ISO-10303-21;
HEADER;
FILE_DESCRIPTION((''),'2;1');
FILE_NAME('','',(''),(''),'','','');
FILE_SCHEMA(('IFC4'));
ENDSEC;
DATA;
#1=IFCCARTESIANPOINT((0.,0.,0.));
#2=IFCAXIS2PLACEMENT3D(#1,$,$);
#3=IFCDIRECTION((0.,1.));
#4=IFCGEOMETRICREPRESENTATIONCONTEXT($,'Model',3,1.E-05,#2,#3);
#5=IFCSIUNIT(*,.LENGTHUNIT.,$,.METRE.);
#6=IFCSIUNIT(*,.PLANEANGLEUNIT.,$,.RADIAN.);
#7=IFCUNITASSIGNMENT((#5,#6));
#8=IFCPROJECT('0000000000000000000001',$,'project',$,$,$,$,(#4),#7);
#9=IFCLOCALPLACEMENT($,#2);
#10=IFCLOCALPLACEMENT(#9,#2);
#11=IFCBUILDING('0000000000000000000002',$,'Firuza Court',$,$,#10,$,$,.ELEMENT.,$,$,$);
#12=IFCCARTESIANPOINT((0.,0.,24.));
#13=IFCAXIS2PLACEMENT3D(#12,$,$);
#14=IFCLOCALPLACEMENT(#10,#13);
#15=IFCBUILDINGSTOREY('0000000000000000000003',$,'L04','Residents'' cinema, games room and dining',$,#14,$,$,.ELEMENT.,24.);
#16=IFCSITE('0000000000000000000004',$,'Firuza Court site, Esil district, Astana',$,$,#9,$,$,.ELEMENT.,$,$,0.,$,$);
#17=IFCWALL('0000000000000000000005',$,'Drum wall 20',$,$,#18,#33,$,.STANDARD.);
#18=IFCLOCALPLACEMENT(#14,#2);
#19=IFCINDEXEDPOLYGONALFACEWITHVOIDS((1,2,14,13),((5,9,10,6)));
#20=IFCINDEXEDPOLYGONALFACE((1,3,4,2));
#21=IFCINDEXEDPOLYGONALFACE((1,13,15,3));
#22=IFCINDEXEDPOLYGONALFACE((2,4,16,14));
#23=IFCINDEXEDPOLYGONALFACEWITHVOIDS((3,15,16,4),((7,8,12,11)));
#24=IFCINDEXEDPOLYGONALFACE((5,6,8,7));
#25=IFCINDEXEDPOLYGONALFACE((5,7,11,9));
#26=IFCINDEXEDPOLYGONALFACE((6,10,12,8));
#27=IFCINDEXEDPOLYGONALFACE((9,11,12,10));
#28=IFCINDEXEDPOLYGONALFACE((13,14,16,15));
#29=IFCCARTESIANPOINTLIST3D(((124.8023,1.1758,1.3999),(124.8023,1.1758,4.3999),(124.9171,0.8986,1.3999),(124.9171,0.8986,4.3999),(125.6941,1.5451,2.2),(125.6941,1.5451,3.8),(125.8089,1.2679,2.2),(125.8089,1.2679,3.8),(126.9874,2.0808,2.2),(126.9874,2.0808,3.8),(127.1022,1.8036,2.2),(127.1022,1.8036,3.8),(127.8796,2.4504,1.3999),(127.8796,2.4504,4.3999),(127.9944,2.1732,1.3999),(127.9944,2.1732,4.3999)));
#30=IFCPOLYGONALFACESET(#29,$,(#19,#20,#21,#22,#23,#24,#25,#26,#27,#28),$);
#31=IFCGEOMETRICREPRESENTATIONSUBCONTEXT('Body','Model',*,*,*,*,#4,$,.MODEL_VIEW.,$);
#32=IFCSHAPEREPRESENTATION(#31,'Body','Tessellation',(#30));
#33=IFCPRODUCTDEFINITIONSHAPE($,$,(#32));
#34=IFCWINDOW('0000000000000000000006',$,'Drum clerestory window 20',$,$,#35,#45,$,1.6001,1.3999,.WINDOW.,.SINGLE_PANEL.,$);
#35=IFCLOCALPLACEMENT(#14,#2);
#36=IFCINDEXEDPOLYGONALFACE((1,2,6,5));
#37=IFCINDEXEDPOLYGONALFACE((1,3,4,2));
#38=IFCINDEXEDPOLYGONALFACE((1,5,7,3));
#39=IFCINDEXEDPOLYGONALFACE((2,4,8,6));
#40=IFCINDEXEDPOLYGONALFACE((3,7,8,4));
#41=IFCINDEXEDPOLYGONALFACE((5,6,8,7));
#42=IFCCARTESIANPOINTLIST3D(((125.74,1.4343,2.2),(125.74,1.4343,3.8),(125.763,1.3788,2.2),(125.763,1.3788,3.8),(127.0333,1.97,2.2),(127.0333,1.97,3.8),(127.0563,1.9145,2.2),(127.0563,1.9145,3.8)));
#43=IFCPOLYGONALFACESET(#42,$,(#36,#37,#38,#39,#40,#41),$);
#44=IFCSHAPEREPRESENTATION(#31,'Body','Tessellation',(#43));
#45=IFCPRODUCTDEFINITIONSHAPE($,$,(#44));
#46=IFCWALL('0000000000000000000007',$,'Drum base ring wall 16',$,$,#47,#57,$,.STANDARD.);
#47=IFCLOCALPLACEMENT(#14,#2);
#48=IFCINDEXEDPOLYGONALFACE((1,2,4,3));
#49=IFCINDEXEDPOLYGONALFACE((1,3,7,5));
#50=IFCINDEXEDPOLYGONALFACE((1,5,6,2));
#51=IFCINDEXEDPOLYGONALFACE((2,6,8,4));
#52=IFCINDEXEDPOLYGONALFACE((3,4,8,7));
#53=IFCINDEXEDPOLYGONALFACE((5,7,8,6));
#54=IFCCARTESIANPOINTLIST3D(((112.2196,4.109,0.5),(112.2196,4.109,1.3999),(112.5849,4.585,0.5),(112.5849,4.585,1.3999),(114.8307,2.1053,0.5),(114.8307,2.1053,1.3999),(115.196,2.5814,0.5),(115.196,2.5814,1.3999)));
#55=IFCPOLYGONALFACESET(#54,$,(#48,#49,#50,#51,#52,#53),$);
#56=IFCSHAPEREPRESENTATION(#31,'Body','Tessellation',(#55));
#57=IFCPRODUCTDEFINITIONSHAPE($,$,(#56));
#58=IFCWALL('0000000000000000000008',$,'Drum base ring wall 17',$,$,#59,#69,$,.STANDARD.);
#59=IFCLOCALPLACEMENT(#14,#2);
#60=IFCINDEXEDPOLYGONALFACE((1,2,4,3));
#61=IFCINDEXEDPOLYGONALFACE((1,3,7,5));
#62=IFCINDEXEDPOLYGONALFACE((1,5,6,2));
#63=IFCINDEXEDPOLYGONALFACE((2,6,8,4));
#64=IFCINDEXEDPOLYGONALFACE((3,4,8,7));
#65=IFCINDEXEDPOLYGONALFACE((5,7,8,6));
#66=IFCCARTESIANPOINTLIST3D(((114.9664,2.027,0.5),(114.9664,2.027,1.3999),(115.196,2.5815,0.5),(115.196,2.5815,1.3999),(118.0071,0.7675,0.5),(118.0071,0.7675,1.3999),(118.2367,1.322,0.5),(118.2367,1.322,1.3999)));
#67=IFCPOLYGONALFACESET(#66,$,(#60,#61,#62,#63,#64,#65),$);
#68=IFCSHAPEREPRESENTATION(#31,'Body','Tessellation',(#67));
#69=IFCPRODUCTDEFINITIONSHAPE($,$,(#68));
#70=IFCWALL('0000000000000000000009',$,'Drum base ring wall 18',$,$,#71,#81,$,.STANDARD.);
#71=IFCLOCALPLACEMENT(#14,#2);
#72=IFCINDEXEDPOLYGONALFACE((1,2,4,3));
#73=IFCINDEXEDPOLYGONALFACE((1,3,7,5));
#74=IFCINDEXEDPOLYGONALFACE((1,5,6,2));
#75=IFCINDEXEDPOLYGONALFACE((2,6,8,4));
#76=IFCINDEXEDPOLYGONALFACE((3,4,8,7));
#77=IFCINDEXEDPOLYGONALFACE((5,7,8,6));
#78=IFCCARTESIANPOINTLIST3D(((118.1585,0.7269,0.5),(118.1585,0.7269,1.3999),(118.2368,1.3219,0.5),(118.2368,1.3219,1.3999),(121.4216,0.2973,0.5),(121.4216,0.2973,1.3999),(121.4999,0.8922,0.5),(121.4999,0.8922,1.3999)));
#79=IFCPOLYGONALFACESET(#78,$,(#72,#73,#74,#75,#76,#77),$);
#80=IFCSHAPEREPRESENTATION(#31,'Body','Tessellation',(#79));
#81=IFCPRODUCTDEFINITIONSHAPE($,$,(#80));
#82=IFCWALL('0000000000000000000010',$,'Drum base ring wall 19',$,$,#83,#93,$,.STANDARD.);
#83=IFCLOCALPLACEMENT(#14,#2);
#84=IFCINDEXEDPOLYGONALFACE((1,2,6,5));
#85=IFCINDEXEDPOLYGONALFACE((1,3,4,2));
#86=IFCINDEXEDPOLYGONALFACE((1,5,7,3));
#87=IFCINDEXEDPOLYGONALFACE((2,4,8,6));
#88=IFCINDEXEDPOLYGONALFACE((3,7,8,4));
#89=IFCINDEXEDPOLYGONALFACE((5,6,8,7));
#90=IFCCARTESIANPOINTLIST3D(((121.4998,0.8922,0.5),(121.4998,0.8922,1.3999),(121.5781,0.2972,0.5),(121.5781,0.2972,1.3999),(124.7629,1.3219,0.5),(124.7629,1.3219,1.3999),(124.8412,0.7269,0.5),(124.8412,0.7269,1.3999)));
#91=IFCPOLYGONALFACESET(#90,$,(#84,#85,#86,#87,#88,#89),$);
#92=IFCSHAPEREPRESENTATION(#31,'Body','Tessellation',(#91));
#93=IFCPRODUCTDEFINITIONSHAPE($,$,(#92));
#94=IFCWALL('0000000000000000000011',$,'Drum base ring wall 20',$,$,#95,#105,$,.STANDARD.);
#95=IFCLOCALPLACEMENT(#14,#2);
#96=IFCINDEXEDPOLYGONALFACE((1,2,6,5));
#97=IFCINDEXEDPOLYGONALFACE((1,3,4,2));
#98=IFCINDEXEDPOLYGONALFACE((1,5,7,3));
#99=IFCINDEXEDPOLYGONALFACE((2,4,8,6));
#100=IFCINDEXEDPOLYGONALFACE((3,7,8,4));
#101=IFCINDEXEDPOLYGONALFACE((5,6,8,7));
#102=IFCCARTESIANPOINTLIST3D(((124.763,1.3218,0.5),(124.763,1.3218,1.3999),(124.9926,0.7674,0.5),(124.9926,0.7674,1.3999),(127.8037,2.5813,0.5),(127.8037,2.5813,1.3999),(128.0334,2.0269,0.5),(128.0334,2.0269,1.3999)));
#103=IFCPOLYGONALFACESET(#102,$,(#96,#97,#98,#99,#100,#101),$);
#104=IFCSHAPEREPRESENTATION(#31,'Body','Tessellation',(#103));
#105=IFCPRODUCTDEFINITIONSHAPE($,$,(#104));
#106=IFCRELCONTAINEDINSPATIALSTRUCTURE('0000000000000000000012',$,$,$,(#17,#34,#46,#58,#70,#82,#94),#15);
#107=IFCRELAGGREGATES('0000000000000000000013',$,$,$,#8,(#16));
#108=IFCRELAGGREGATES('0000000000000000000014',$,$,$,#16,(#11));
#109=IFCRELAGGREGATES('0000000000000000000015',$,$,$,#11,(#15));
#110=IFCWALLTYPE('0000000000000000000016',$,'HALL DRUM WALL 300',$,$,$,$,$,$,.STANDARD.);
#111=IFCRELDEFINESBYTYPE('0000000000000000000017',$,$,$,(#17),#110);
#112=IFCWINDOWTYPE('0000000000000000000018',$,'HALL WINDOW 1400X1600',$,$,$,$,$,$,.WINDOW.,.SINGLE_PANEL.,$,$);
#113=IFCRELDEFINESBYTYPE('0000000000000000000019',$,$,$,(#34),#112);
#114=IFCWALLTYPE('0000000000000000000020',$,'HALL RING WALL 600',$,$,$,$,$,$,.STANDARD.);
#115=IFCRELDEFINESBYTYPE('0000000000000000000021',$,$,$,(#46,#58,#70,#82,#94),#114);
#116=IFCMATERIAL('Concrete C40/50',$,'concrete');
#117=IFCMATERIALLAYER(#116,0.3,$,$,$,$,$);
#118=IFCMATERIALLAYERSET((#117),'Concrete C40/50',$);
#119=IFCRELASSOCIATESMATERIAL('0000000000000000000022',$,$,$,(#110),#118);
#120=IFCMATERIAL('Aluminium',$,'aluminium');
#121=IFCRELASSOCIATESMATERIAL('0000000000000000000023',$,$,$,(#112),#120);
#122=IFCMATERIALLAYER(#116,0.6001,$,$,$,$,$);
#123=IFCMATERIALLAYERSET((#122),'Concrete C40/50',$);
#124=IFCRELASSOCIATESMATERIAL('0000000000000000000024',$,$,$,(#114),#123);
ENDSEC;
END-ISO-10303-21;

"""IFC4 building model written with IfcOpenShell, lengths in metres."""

from ifc_helpers import new_model, si_unit, direction, frame, frame_2d, origin, place, context, subcontext, project, spatial, rectangle, extrude, material, layer, layer_set, type_object, element, fill, save


model = new_model("IFC4")

# Units and contexts
model_context = context("Model", 3, precision=1e-05, world=origin(), true_north=direction((0.0, 1.0)))
body_context = subcontext(model_context, "Body", "Model", "MODEL_VIEW")
ifc_project = project(units=[si_unit("LENGTHUNIT", "METRE"), si_unit("PLANEANGLEUNIT", "RADIAN")], contexts=[model_context])

# Site, building, storey
site_placement = place(None, origin())
site = spatial("IfcSite", under=ifc_project, at=site_placement, Name="Firuza Court site, Esil district, Astana", CompositionType="ELEMENT", RefElevation=0.0)
building_placement = place(site_placement, origin())
building = spatial("IfcBuilding", under=site, at=building_placement, Name="Firuza Court", CompositionType="ELEMENT")
storey_placement = place(building_placement, frame((0.0, 0.0, 24.0)))
storey = spatial("IfcBuildingStorey", under=building, at=storey_placement, Name="L04", Description="Residents' cinema, games room and dining", CompositionType="ELEMENT", Elevation=24.0)

# Wall, opening, window
ifc_material_1 = material(Name="Concrete C40/50", Category="concrete")
ifc_layer_1 = layer(ifc_material_1, 0.3)
ifc_layer_set_1 = layer_set([ifc_layer_1], Name="Concrete C40/50")
wall_type_1 = type_object("IfcWallType", Name="HALL DRUM WALL 300", PredefinedType="STANDARD", material=ifc_layer_set_1)
ifc_material_2 = material(Name="Aluminium", Category="aluminium")
window_type = type_object("IfcWindowType", Name="HALL WINDOW 1400X1600", PartitioningType="SINGLE_PANEL", PredefinedType="WINDOW", material=ifc_material_2)
wall_1_placement = place(storey_placement, frame((124.8596, 1.0371, 1.3999), z_axis=(0.0, 0.0, 1.0), x_axis=(0.923884, 0.382673, 0.0)))
wall_1 = element("IfcWall", 1, at=wall_1_placement, inside=storey, type_object=wall_type_1, Name="Drum wall 20", PredefinedType="STANDARD", context=body_context, shape_type="SweptSolid", body=[
    extrude(rectangle(XDim=3.3308, YDim=0.3, at=frame_2d((1.6655, 0.0))), origin(), (0.0, 0.0, 1.0), 3.0),
])
opening_1_placement = place(wall_1_placement, frame((0.9653, 0.0, 0.8)))
opening_1 = element("IfcOpeningElement", 2, at=opening_1_placement, cuts=wall_1, PredefinedType="OPENING", context=body_context, shape_type="SweptSolid", body=[
    extrude(rectangle(XDim=1.3999, YDim=1.6001, at=frame_2d((0.7, 0.8))), frame((0.0, 0.1621, 0.0), z_axis=(0.0, -1.0, 0.0), x_axis=(1.0, 0.0, 0.0)), (0.0, 0.0, 1.0), 0.324),
])
window_1_placement = place(opening_1_placement, origin())
window_1 = element("IfcWindow", 3, at=window_1_placement, inside=storey, type_object=window_type, Name="Drum clerestory window 20", OverallHeight=1.6001, OverallWidth=1.3999, PartitioningType="SINGLE_PANEL", PredefinedType="WINDOW", context=body_context, shape_type="SweptSolid", body=[
    extrude(rectangle(XDim=1.3999, YDim=1.6001, at=frame_2d((0.7, 0.8))), frame((0.0, 0.03, 0.0), z_axis=(0.0, -1.0, 0.0), x_axis=(1.0, 0.0, 0.0)), (0.0, 0.0, 1.0), 0.0601),
])
fill(opening_1, window_1)

# Walls
ifc_layer_2 = layer(ifc_material_1, 0.6001)
ifc_layer_set_2 = layer_set([ifc_layer_2], Name="Concrete C40/50")
wall_type_2 = type_object("IfcWallType", Name="HALL RING WALL 600", PredefinedType="STANDARD", material=ifc_layer_set_2)
for number, where, z_axis, x_axis, name in (
    (4, (112.4023, 4.3469, 0.5), (0.0, 0.0, 1.0), (0.793338, -0.608782, 0.0), "Drum base ring wall 16"),
    (5, (115.0813, 2.3042, 0.5), (0.0, 0.0, 1.0), (0.92388, -0.382682, 0.0), "Drum base ring wall 17"),
    (6, (118.1978, 1.0244, 0.5), (0.0, 0.0, 1.0), (0.991442, -0.13055, 0.0), "Drum base ring wall 18"),
    (7, (121.5391, 0.5947, 0.5), (0.0, 0.0, 1.0), (0.991442, 0.13055, 0.0), "Drum base ring wall 19"),
    (8, (124.8779, 1.0447, 0.5), (0.0, 0.0, 1.0), (0.92388, 0.382682, 0.0), "Drum base ring wall 20"),
):
    element("IfcWall", number, at=place(storey_placement, frame(where, z_axis=z_axis, x_axis=x_axis)), inside=storey, type_object=wall_type_2, Name=name, PredefinedType="STANDARD", context=body_context, shape_type="SweptSolid", body=[
        extrude(rectangle(XDim=3.2913, YDim=0.6001, at=frame_2d((1.6455, 0.0))), origin(), (0.0, 0.0, 1.0), 0.8999),
    ])

save(model, "model.ifc")
